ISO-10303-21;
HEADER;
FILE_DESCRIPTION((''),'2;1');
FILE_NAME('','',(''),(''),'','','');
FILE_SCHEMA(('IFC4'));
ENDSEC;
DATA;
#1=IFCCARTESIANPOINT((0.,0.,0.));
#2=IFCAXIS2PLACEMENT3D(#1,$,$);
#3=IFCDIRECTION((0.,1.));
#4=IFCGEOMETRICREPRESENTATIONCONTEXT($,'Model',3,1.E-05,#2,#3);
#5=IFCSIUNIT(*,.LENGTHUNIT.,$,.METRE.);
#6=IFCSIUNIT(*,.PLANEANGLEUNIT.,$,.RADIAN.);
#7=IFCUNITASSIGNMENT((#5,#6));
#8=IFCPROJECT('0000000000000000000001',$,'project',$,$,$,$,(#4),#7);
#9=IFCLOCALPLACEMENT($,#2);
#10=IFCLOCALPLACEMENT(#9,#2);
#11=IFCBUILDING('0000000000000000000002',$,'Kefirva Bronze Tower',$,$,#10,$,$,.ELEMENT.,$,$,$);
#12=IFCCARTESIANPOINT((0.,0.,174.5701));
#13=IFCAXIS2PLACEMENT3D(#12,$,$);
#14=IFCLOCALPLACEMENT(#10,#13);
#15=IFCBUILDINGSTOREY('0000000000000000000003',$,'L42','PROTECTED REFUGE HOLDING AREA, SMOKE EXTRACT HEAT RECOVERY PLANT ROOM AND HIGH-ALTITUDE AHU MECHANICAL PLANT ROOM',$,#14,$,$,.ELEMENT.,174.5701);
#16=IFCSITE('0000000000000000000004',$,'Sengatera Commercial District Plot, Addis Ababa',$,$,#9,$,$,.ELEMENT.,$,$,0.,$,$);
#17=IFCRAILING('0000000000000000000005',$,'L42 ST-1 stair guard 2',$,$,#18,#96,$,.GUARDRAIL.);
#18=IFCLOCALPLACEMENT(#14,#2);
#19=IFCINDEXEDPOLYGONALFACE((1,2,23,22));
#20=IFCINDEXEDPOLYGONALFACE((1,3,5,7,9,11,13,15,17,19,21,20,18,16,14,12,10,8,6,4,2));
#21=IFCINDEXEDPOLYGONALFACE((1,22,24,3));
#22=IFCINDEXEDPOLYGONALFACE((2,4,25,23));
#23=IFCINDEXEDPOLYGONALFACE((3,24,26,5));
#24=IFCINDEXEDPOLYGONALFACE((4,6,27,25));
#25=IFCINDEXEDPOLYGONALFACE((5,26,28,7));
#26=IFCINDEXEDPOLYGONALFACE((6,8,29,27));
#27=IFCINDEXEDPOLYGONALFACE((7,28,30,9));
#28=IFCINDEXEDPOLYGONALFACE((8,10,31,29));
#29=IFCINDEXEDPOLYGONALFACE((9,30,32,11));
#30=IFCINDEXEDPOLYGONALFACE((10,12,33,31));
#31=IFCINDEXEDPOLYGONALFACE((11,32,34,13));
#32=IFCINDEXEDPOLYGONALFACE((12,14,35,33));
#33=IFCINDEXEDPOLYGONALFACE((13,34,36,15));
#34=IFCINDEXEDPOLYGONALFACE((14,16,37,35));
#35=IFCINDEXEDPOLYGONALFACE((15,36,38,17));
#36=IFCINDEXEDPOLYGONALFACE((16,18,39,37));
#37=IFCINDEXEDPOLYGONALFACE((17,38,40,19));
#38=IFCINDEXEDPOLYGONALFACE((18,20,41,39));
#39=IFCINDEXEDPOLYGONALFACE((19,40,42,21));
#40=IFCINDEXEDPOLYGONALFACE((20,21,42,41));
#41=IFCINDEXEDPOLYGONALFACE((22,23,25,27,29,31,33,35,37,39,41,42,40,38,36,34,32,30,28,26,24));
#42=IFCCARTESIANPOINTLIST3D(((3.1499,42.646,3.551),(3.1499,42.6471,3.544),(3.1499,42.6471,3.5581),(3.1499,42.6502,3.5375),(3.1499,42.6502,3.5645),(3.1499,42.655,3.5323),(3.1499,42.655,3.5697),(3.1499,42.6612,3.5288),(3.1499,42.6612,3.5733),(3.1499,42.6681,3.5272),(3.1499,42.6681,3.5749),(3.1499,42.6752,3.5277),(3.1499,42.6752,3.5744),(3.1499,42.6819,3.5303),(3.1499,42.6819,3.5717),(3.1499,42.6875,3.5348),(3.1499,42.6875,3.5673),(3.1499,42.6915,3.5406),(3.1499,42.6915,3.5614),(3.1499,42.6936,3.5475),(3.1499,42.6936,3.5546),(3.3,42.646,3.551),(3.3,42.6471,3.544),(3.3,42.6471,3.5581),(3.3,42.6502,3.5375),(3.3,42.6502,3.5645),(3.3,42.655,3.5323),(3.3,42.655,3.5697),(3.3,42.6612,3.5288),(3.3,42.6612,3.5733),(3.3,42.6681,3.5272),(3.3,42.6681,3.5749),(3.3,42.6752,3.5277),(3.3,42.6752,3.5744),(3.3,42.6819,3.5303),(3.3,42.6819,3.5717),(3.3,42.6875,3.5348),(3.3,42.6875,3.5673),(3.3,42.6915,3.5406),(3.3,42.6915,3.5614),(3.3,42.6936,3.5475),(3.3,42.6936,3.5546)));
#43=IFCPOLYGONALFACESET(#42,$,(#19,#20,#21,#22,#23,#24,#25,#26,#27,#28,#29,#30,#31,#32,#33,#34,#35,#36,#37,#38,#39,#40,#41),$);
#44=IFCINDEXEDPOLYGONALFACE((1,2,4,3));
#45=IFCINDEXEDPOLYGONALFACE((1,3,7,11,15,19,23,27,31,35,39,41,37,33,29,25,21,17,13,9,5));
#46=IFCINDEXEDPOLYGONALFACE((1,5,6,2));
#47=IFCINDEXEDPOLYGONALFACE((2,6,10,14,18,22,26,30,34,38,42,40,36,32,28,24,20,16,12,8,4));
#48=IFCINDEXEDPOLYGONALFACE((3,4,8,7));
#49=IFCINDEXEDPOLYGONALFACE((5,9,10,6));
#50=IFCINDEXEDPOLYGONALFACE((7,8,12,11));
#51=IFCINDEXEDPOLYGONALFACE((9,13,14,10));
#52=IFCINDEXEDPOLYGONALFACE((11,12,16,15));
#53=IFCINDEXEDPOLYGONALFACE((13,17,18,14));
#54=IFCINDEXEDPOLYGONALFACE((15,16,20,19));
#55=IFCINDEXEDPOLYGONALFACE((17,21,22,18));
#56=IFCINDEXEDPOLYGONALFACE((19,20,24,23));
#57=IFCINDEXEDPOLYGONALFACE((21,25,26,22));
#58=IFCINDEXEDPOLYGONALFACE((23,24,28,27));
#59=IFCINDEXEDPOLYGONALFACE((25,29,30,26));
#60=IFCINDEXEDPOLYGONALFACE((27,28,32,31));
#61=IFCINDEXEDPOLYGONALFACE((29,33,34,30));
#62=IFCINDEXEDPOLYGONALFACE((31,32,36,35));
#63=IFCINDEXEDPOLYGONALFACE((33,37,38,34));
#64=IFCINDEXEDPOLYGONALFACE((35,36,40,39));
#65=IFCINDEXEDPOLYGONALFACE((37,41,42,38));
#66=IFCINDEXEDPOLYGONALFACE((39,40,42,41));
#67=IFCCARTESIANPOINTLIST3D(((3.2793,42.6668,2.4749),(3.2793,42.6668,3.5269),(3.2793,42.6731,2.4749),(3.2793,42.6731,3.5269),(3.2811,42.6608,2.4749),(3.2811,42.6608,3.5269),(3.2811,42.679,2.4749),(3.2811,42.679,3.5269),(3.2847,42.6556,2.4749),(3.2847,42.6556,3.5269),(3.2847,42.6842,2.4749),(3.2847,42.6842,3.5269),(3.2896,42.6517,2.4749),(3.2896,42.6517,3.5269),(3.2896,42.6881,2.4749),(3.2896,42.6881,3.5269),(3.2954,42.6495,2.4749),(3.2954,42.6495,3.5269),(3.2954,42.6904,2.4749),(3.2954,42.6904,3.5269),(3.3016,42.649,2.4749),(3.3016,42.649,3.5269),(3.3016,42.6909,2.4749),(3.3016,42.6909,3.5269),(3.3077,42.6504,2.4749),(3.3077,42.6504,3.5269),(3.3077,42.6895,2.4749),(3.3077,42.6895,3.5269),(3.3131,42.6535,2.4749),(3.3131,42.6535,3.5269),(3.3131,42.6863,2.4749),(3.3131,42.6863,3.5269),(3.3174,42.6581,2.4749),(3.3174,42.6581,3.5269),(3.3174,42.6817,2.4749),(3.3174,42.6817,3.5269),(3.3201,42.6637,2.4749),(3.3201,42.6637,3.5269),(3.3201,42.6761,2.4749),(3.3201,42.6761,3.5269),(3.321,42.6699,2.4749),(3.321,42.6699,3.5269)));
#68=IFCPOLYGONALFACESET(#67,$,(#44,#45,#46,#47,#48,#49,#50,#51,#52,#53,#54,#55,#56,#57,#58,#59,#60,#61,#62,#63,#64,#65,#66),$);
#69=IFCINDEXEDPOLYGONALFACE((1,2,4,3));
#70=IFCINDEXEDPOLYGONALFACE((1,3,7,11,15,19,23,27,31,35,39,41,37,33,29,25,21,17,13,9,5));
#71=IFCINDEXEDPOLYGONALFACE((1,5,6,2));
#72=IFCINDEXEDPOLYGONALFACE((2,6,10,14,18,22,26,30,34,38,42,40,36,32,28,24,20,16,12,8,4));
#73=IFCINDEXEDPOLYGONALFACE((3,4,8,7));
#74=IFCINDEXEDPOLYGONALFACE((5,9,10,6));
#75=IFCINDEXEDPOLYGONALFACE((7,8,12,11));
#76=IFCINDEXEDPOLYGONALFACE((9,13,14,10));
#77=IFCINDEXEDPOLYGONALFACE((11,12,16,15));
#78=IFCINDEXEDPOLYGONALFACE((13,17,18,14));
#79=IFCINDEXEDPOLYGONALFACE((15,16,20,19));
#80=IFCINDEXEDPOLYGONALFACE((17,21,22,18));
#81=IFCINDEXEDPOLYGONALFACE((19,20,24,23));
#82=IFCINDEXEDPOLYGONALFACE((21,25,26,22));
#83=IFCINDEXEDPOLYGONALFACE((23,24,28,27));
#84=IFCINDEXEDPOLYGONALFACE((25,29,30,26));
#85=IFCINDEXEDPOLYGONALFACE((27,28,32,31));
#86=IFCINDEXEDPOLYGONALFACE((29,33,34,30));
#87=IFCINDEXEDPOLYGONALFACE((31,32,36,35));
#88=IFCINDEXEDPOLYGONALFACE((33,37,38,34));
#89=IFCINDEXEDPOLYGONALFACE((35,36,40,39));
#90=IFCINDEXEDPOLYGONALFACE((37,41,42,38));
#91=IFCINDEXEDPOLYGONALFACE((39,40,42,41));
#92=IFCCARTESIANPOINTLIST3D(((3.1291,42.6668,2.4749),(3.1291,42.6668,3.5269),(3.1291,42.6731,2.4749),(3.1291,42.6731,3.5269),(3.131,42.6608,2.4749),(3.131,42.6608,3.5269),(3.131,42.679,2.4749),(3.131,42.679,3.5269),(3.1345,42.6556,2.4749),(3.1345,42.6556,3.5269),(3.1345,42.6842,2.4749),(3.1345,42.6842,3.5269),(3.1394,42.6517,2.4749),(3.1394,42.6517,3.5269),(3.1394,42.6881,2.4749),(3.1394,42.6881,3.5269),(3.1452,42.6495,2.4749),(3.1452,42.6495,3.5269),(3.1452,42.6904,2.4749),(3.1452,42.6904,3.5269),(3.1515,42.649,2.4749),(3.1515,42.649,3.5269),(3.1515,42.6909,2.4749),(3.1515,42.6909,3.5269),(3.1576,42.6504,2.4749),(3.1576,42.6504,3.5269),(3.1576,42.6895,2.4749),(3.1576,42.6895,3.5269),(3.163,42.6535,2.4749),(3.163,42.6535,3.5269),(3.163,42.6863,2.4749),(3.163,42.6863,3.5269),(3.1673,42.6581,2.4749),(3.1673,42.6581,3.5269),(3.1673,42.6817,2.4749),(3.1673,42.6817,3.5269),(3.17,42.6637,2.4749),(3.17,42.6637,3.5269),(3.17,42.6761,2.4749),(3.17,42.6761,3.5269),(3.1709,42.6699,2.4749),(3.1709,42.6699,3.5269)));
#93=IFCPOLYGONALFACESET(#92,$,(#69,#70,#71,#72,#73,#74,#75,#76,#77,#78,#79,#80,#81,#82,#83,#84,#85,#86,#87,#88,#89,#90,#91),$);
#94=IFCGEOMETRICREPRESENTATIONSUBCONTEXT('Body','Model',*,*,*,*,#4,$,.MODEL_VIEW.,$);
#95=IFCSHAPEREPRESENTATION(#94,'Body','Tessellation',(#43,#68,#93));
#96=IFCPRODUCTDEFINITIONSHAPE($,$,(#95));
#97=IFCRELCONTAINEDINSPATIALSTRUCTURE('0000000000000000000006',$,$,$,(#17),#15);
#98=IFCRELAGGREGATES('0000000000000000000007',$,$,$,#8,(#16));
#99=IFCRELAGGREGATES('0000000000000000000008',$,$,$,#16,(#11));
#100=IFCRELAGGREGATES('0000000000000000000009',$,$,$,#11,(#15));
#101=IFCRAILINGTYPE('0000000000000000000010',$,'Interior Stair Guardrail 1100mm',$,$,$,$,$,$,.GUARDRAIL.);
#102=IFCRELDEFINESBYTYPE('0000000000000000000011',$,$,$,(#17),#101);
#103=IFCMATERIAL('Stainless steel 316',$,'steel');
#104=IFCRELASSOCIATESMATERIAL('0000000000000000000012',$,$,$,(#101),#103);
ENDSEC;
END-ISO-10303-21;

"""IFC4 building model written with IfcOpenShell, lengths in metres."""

from ifc_helpers import new_model, si_unit, direction, frame, origin, origin_2d, place, context, subcontext, project, spatial, circle, extrude, material, type_object, element, save


model = new_model("IFC4")

# Units and contexts
model_context = context("Model", 3, precision=1e-05, world=origin(), true_north=direction((0.0, 1.0)))
body_context = subcontext(model_context, "Body", "Model", "MODEL_VIEW")
ifc_project = project(units=[si_unit("LENGTHUNIT", "METRE"), si_unit("PLANEANGLEUNIT", "RADIAN")], contexts=[model_context])

# Site, building, storey
site_placement = place(None, origin())
site = spatial("IfcSite", under=ifc_project, at=site_placement, Name="Sengatera Commercial District Plot, Addis Ababa", CompositionType="ELEMENT", RefElevation=0.0)
building_placement = place(site_placement, origin())
building = spatial("IfcBuilding", under=site, at=building_placement, Name="Kefirva Bronze Tower", CompositionType="ELEMENT")
storey_placement = place(building_placement, frame((0.0, 0.0, 174.5701)))
storey = spatial("IfcBuildingStorey", under=building, at=storey_placement, Name="L42", Description="PROTECTED REFUGE HOLDING AREA, SMOKE EXTRACT HEAT RECOVERY PLANT ROOM AND HIGH-ALTITUDE AHU MECHANICAL PLANT ROOM", CompositionType="ELEMENT", Elevation=174.5701)

# Railing
ifc_material_1 = material(Name="Stainless steel 316", Category="steel")
railing_type_1 = type_object("IfcRailingType", Name="Interior Stair Guardrail 1100mm", PredefinedType="GUARDRAIL", material=ifc_material_1)
railing_1_placement = place(storey_placement, frame((3.3, 42.6699, 2.4749)))
element("IfcRailing", 1, at=railing_1_placement, inside=storey, type_object=railing_type_1, Name="L42 ST-1 stair guard 2", PredefinedType="GUARDRAIL", context=body_context, shape_type="SweptSolid", body=[
    extrude(circle(Radius=0.0239, at=origin_2d()), frame((0.0, 0.0, 1.0762), z_axis=(-1.0, 0.0, 0.0), x_axis=(0.0, -1.0, 0.0)), (0.0, 0.0, 1.0), 0.1501),
    extrude(circle(Radius=0.021, at=origin_2d()), origin(), (0.0, 0.0, 1.0), 1.052),
    extrude(circle(Radius=0.021, at=origin_2d()), frame((-0.1501, 0.0, 0.0)), (0.0, 0.0, 1.0), 1.052),
])

save(model, "model.ifc")
